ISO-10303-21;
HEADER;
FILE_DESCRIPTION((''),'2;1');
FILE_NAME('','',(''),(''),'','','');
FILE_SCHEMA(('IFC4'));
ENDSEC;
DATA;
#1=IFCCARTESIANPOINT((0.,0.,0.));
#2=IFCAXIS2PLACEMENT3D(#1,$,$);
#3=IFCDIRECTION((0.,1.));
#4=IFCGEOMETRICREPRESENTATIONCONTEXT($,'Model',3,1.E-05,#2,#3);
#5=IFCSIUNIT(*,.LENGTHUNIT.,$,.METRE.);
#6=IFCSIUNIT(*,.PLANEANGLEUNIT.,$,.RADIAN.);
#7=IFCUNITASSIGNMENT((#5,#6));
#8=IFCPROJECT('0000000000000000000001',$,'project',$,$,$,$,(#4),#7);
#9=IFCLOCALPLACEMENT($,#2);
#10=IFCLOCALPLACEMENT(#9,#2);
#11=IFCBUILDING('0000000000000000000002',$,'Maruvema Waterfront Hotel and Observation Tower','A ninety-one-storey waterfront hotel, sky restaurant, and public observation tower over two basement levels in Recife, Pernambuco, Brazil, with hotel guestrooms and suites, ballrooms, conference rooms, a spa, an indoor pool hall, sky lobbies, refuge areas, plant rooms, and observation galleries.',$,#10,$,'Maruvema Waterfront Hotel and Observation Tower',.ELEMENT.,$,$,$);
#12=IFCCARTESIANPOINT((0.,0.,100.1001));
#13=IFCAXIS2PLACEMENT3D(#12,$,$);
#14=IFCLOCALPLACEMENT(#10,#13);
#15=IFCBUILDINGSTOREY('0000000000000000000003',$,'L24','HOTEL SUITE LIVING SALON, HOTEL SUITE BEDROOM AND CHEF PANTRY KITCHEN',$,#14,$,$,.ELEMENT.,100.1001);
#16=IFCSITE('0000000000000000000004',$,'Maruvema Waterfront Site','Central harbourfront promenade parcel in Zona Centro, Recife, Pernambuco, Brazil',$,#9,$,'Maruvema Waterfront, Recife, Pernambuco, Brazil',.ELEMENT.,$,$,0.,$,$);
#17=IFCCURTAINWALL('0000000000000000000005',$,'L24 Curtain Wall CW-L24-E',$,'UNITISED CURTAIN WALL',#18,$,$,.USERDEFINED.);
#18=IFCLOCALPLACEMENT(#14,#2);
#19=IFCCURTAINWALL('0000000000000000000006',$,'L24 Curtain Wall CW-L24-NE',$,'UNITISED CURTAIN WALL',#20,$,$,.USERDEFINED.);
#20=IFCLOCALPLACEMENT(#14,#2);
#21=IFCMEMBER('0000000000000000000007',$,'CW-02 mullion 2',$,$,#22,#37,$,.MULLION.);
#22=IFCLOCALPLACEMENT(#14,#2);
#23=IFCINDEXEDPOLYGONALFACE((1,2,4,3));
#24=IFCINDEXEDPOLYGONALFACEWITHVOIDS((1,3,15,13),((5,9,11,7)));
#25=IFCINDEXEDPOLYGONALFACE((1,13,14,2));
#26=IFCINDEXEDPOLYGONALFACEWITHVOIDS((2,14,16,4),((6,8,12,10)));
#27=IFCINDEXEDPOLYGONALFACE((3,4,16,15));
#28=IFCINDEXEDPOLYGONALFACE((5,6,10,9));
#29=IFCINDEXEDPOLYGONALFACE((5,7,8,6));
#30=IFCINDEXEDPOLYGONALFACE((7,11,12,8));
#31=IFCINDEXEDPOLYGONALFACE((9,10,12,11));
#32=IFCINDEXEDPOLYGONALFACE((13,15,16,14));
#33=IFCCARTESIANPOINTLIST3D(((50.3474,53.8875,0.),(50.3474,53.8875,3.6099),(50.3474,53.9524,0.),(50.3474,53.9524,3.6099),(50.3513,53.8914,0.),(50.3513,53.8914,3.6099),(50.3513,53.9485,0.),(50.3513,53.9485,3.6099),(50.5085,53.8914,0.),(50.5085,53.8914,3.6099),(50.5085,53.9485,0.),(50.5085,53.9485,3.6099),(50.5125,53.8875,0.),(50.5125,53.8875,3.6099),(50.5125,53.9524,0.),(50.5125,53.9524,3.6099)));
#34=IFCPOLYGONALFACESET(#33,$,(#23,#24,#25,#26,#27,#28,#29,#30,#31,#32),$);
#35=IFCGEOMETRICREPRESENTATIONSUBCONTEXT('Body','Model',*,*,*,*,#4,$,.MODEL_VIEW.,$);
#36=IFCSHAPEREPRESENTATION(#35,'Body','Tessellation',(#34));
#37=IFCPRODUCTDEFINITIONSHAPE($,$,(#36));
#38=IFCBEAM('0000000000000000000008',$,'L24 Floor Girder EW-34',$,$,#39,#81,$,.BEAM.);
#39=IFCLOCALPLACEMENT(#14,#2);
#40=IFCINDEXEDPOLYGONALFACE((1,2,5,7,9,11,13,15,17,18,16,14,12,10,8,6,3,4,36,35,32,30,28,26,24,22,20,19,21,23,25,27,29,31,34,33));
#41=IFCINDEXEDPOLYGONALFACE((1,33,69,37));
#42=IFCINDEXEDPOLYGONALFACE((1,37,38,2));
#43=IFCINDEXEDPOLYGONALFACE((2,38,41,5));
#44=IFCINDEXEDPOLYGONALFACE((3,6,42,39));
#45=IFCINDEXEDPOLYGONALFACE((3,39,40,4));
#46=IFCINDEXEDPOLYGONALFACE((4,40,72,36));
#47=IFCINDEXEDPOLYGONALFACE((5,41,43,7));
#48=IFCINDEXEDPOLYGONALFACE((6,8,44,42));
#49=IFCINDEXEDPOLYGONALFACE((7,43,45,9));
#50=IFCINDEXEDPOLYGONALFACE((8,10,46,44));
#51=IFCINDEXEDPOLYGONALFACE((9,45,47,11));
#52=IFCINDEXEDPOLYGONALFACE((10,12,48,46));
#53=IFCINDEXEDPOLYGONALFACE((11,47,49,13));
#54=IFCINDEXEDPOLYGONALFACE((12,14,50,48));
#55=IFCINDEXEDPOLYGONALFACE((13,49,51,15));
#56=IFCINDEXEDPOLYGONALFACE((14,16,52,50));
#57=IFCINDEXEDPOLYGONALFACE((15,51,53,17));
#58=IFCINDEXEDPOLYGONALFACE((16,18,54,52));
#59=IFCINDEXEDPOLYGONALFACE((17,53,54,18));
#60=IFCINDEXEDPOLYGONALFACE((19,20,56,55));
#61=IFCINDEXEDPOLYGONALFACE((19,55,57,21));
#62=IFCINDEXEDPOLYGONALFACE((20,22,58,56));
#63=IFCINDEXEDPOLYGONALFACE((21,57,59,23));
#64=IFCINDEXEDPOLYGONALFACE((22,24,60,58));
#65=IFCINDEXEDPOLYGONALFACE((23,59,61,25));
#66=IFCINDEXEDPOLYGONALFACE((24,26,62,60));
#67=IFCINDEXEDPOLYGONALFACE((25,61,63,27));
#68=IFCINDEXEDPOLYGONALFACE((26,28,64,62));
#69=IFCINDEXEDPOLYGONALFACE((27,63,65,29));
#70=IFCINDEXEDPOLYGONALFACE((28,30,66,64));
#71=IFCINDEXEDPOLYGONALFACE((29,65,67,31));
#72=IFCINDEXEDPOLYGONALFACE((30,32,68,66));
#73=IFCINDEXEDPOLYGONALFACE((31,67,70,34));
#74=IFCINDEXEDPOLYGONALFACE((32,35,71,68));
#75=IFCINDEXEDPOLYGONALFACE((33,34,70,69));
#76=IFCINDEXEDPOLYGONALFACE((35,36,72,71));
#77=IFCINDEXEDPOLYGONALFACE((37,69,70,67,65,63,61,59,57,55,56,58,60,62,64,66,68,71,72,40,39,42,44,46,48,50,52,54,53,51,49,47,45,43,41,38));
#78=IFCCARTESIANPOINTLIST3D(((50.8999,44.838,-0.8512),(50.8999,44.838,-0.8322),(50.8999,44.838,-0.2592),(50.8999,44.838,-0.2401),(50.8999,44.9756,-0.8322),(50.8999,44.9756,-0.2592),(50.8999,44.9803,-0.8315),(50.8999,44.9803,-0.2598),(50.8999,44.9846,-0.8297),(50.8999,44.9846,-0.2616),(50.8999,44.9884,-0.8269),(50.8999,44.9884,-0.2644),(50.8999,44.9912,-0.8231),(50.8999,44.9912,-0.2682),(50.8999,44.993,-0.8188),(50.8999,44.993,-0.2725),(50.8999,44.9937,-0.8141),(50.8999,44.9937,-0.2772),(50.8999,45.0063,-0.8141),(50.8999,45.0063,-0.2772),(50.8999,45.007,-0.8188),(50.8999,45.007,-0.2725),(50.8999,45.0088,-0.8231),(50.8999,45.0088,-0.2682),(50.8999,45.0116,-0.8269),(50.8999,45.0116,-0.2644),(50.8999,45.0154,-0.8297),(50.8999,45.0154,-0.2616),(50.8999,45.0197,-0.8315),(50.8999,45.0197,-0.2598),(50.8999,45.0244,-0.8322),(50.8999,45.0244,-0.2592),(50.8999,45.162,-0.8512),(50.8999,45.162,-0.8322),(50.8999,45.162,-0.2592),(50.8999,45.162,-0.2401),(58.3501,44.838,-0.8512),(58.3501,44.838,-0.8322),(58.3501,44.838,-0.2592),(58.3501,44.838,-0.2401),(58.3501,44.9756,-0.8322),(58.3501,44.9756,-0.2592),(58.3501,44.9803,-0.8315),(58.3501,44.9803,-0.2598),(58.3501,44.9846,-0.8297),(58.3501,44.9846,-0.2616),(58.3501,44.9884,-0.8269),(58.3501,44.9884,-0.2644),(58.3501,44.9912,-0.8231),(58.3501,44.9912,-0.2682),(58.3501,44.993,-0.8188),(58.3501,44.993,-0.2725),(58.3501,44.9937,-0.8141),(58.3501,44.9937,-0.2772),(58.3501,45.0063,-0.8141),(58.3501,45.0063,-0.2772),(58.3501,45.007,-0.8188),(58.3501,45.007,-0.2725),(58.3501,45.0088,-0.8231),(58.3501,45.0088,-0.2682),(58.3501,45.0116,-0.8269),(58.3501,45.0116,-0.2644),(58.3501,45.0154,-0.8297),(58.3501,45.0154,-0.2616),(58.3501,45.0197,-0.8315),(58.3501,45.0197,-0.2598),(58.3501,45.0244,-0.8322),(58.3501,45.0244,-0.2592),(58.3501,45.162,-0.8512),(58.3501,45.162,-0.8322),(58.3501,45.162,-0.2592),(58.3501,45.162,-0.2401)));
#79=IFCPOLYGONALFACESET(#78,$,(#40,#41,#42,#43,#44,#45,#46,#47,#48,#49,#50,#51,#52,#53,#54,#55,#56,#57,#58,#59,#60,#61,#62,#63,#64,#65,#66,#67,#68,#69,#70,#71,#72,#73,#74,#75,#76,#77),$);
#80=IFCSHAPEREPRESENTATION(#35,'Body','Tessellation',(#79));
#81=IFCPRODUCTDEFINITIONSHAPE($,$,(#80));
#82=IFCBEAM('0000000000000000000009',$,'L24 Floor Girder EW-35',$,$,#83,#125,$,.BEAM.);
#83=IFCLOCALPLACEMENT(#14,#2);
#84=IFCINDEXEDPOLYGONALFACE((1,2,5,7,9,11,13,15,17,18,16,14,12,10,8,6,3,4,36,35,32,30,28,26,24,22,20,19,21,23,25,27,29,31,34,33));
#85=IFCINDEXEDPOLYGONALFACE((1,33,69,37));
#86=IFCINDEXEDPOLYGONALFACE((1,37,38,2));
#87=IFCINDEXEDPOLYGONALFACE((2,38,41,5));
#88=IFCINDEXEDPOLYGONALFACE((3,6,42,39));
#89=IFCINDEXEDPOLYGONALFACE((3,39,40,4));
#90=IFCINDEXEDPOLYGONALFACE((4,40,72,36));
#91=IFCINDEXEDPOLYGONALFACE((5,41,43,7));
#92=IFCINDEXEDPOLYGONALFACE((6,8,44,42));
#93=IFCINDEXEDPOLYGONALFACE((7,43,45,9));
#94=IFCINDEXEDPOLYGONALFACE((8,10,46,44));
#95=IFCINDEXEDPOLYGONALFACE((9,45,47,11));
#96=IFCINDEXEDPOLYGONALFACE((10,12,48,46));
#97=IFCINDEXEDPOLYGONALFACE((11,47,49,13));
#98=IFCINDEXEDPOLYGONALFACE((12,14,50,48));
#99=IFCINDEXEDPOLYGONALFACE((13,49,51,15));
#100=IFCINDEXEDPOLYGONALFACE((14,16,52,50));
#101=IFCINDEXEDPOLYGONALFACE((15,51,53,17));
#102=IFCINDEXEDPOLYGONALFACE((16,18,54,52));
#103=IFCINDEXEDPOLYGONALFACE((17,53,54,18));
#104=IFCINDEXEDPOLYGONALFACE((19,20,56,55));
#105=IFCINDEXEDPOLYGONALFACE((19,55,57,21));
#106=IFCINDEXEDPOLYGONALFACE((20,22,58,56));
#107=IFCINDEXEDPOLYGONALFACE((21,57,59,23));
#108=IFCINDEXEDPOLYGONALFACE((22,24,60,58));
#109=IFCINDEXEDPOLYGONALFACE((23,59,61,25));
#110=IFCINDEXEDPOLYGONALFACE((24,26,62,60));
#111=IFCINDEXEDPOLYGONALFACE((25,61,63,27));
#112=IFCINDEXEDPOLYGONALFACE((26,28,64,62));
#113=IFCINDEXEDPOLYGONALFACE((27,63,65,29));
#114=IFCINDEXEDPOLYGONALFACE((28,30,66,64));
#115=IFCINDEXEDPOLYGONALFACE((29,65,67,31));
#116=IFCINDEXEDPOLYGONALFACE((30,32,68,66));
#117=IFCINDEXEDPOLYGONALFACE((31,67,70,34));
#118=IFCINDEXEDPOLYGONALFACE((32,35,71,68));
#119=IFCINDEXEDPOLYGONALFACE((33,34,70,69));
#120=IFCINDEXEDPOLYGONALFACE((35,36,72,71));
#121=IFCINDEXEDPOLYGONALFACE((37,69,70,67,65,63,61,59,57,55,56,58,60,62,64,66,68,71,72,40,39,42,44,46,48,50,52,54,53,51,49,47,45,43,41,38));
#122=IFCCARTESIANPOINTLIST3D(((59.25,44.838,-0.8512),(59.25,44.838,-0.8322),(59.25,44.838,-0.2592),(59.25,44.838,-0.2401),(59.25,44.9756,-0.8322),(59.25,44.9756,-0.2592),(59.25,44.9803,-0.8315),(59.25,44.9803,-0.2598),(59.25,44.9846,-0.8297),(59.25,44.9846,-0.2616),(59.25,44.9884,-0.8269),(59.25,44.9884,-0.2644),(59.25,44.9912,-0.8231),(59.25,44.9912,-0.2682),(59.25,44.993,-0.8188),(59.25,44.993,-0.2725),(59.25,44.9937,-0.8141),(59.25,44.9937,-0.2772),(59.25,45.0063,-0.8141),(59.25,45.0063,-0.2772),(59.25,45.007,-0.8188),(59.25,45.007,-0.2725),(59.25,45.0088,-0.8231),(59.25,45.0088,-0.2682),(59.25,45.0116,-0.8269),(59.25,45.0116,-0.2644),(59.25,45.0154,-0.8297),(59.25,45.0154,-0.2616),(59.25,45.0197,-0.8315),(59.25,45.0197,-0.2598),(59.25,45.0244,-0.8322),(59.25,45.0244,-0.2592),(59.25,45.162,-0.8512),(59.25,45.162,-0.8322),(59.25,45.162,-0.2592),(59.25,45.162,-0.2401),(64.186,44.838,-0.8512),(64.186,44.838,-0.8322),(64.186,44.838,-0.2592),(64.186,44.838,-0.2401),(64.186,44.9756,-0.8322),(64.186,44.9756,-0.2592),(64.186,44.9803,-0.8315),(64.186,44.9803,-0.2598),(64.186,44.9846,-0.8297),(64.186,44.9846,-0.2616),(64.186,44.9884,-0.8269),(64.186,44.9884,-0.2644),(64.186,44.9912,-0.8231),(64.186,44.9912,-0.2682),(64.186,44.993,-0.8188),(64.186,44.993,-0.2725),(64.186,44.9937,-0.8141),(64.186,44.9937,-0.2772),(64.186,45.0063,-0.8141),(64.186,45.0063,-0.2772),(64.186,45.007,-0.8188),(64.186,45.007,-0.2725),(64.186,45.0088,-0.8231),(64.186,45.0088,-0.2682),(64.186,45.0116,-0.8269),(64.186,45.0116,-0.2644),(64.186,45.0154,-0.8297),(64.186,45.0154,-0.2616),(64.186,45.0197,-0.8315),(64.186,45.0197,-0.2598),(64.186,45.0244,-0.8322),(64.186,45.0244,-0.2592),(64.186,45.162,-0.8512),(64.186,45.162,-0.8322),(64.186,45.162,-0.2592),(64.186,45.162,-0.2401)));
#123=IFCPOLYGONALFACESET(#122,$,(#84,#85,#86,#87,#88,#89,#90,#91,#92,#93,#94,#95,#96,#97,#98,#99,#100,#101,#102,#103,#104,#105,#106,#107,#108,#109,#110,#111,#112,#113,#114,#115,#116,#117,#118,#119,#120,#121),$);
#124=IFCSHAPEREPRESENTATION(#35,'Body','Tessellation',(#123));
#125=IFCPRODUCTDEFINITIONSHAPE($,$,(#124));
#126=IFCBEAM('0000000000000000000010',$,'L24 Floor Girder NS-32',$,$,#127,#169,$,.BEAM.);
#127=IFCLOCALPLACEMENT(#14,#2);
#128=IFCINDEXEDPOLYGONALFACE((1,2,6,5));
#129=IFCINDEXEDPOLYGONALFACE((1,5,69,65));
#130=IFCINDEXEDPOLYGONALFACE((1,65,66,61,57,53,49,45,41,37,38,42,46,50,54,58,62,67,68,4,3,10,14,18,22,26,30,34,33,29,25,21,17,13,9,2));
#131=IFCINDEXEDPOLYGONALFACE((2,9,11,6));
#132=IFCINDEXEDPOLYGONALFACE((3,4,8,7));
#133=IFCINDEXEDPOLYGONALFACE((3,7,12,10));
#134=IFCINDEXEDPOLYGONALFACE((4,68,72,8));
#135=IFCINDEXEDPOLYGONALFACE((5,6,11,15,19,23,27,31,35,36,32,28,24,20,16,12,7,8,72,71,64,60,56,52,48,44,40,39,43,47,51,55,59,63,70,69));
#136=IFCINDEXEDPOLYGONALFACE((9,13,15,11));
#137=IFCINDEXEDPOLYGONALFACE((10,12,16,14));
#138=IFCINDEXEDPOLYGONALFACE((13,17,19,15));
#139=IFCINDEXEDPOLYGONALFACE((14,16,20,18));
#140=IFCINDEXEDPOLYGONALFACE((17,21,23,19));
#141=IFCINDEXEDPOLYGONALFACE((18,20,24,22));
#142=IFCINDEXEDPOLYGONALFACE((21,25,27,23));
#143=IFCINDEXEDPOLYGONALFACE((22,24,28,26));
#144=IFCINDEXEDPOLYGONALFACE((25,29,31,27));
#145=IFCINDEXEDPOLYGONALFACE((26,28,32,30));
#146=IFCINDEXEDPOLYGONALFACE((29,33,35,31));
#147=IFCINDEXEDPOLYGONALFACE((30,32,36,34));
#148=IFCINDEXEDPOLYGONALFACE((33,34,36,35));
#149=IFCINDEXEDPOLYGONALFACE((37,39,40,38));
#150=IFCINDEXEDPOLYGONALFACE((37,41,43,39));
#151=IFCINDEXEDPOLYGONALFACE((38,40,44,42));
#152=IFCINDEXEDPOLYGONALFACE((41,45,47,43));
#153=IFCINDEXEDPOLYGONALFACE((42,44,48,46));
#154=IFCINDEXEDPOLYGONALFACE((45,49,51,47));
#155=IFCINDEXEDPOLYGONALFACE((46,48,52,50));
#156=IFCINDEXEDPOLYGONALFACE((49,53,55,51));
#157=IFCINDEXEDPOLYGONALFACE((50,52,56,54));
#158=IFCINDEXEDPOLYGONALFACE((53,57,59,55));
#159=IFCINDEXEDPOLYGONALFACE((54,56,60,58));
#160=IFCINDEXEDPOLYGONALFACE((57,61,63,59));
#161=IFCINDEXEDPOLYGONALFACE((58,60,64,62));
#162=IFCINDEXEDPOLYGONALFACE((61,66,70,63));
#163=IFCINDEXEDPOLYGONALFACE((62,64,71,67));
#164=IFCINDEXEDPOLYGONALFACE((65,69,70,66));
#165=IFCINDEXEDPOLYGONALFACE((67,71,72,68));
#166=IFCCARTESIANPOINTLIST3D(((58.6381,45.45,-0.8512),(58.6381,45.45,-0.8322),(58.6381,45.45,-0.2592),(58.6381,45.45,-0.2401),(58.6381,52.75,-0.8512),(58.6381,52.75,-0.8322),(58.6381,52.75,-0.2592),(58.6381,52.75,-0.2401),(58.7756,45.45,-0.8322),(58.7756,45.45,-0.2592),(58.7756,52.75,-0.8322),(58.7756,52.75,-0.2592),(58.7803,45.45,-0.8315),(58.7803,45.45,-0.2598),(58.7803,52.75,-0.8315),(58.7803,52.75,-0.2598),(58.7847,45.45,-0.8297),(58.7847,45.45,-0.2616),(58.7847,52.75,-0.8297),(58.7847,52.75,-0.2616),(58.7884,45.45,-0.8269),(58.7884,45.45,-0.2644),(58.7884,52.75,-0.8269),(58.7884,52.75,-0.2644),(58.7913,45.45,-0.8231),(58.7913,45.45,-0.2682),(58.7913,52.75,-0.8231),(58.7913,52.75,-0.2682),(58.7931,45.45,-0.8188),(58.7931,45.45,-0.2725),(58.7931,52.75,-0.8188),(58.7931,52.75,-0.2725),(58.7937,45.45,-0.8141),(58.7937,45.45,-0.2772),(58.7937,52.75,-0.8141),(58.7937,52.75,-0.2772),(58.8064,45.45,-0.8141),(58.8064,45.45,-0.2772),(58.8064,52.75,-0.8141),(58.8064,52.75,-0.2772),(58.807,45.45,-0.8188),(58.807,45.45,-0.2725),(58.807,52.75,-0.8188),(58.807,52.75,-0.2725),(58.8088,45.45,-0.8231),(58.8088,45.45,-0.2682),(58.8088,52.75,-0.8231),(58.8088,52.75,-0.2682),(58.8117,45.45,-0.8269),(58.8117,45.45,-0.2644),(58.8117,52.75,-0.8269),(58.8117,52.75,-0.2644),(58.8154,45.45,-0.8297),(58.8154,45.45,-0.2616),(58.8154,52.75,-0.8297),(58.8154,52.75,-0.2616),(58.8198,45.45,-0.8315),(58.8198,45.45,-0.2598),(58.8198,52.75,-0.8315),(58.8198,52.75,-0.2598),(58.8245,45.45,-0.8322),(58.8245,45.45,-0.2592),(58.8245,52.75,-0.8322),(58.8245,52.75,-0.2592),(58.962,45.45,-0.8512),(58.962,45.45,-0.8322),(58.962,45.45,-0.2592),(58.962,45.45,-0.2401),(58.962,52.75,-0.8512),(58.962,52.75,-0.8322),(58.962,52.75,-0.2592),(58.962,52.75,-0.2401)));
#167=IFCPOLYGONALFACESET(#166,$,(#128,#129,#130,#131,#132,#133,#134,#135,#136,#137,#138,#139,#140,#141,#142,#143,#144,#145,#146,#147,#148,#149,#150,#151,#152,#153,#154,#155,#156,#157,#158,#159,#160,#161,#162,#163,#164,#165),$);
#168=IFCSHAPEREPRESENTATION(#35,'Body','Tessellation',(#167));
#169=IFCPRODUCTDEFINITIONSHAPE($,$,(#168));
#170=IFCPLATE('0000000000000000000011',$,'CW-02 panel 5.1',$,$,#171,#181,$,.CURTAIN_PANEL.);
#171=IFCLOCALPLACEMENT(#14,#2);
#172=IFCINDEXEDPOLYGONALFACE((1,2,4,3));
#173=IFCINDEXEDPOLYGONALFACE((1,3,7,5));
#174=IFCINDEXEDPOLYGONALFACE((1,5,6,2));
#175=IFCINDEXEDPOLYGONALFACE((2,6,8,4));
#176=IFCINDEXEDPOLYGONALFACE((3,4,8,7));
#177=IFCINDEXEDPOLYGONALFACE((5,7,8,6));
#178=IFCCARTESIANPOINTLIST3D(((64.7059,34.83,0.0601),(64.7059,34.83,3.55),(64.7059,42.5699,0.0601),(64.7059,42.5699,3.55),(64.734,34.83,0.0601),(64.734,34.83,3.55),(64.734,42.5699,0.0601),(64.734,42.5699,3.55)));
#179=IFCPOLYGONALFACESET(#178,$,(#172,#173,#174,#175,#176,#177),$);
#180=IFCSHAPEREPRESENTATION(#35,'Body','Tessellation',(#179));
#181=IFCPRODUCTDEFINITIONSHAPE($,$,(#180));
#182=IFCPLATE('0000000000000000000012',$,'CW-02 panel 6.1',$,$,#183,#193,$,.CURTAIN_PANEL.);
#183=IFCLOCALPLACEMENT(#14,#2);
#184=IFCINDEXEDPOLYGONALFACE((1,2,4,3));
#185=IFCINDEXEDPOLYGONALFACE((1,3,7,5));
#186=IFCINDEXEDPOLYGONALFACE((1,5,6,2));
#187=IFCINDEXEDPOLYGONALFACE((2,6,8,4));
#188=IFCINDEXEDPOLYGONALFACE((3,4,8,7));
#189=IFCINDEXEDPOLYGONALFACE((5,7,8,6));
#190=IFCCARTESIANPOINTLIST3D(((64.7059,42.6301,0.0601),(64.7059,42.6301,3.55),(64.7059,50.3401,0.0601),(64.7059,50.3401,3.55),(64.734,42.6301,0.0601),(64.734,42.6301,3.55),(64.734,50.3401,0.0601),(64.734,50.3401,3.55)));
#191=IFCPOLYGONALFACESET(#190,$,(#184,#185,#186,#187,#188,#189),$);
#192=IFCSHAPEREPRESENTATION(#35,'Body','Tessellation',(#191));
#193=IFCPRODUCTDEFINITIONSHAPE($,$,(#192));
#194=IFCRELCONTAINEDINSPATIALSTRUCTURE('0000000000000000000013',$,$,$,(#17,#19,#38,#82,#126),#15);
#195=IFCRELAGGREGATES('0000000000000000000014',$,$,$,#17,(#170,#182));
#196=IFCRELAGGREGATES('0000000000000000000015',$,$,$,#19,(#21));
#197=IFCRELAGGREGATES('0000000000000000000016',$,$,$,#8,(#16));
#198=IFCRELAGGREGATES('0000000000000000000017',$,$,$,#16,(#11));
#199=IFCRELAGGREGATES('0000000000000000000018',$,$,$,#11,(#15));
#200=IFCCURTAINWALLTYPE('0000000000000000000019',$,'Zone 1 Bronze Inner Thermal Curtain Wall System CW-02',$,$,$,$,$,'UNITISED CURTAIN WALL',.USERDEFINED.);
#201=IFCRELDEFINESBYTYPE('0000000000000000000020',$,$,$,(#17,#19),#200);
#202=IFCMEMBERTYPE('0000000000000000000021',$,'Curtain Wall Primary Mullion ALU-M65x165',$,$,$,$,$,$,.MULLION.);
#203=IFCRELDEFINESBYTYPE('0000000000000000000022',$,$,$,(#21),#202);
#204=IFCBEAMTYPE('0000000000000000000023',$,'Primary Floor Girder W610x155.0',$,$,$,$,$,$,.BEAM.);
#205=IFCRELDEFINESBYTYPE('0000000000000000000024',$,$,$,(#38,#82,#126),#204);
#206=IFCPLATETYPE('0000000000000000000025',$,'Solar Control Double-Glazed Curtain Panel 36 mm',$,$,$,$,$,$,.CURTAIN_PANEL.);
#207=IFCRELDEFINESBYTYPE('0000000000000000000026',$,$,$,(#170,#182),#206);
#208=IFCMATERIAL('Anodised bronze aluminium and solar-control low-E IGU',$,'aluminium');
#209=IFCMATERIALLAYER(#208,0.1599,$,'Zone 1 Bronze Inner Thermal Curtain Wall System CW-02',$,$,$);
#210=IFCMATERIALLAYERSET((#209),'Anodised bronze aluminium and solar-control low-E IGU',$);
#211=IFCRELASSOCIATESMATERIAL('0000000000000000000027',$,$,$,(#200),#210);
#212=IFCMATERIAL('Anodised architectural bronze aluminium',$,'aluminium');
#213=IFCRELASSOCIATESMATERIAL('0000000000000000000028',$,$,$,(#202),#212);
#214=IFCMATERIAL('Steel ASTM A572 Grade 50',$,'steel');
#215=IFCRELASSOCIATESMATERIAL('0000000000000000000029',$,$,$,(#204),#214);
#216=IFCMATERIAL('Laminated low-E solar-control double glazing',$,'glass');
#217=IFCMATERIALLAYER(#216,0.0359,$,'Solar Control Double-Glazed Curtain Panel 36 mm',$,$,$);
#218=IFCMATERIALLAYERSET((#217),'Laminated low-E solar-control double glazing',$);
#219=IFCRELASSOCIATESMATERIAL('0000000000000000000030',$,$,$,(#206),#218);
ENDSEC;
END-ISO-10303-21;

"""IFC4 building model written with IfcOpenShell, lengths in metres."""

from ifc_helpers import new_model, si_unit, direction, frame, origin, origin_2d, place, context, subcontext, project, spatial, rectangle, hollow_rectangle, i_section, extrude, material, layer, layer_set, material_profile, profile_set, type_object, element, aggregate, save


model = new_model("IFC4")

# Units and contexts
model_context = context("Model", 3, precision=1e-05, world=origin(), true_north=direction((0.0, 1.0)))
body_context = subcontext(model_context, "Body", "Model", "MODEL_VIEW")
ifc_project = project(units=[si_unit("LENGTHUNIT", "METRE"), si_unit("PLANEANGLEUNIT", "RADIAN")], contexts=[model_context])

# Site, building, storey
site_placement = place(None, origin())
site = spatial("IfcSite", under=ifc_project, at=site_placement, Name="Maruvema Waterfront Site", Description="Central harbourfront promenade parcel in Zona Centro, Recife, Pernambuco, Brazil", LongName="Maruvema Waterfront, Recife, Pernambuco, Brazil", CompositionType="ELEMENT", RefElevation=0.0)
building_placement = place(site_placement, origin())
building = spatial("IfcBuilding", under=site, at=building_placement, Name="Maruvema Waterfront Hotel and Observation Tower", Description="A ninety-one-storey waterfront hotel, sky restaurant, and public observation tower over two basement levels in Recife, Pernambuco, Brazil, with hotel guestrooms and suites, ballrooms, conference rooms, a spa, an indoor pool hall, sky lobbies, refuge areas, plant rooms, and observation galleries.", LongName="Maruvema Waterfront Hotel and Observation Tower", CompositionType="ELEMENT")
storey_placement = place(building_placement, frame((0.0, 0.0, 100.1001)))
storey = spatial("IfcBuildingStorey", under=building, at=storey_placement, Name="L24", Description="HOTEL SUITE LIVING SALON, HOTEL SUITE BEDROOM AND CHEF PANTRY KITCHEN", CompositionType="ELEMENT", Elevation=100.1001)

# Curtain walls
ifc_material_1 = material(Name="Anodised bronze aluminium and solar-control low-E IGU", Category="aluminium")
ifc_layer_1 = layer(ifc_material_1, 0.1599, Name="Zone 1 Bronze Inner Thermal Curtain Wall System CW-02")
ifc_layer_set_1 = layer_set([ifc_layer_1], Name="Anodised bronze aluminium and solar-control low-E IGU")
curtain_wall_type = type_object("IfcCurtainWallType", Name="Zone 1 Bronze Inner Thermal Curtain Wall System CW-02", ElementType="UNITISED CURTAIN WALL", PredefinedType="USERDEFINED", material=ifc_layer_set_1)
curtain_wall_1_placement = place(storey_placement, origin())
curtain_wall_1 = element("IfcCurtainWall", 1, at=curtain_wall_1_placement, inside=storey, type_object=curtain_wall_type, Name="L24 Curtain Wall CW-L24-E", ObjectType="UNITISED CURTAIN WALL", PredefinedType="USERDEFINED")
curtain_wall_2_placement = place(storey_placement, origin())
curtain_wall_2 = element("IfcCurtainWall", 2, at=curtain_wall_2_placement, inside=storey, type_object=curtain_wall_type, Name="L24 Curtain Wall CW-L24-NE", ObjectType="UNITISED CURTAIN WALL", PredefinedType="USERDEFINED")

# Member
ifc_material_2 = material(Name="Anodised architectural bronze aluminium", Category="aluminium")
ifc_material_profile_1 = material_profile(ifc_material_2, hollow_rectangle(XDim=0.0649, YDim=0.165, WallThickness=0.0039, at=origin_2d()), Name="ALU-M65x165")
ifc_profile_set_1 = profile_set([ifc_material_profile_1], Name="Anodised architectural bronze aluminium")
member_type_1 = type_object("IfcMemberType", Name="Curtain Wall Primary Mullion ALU-M65x165", PredefinedType="MULLION", material=ifc_profile_set_1)
member_1_placement = place(storey_placement, frame((50.4299, 53.9199, 0.0), z_axis=(0.0, 0.0, 1.0), x_axis=(0.0, -1.0, 0.0)))
member_1 = element("IfcMember", 3, at=member_1_placement, type_object=member_type_1, Name="CW-02 mullion 2", PredefinedType="MULLION", context=body_context, shape_type="SweptSolid", body=[
    extrude(hollow_rectangle(XDim=0.0649, YDim=0.165, WallThickness=0.0039, at=origin_2d()), origin(), (0.0, 0.0, 1.0), 3.6099),
])

# Beams
ifc_material_3 = material(Name="Steel ASTM A572 Grade 50", Category="steel")
ifc_material_profile_2 = material_profile(ifc_material_3, i_section(OverallWidth=0.324, OverallDepth=0.6111, WebThickness=0.0127, FlangeThickness=0.019, FilletRadius=0.0181, at=origin_2d()), Name="W610x155.0")
ifc_profile_set_2 = profile_set([ifc_material_profile_2], Name="Steel ASTM A572 Grade 50")
beam_type = type_object("IfcBeamType", Name="Primary Floor Girder W610x155.0", PredefinedType="BEAM", material=ifc_profile_set_2)
beam_1_placement = place(storey_placement, frame((50.8999, 45.0, -0.5457), z_axis=(1.0, 0.0, 0.0), x_axis=(0.0, 1.0, 0.0)))
element("IfcBeam", 4, at=beam_1_placement, inside=storey, type_object=beam_type, Name="L24 Floor Girder EW-34", PredefinedType="BEAM", context=body_context, shape_type="SweptSolid", body=[
    extrude(i_section(OverallWidth=0.324, OverallDepth=0.6111, WebThickness=0.0127, FlangeThickness=0.019, FilletRadius=0.0181, at=origin_2d()), origin(), (0.0, 0.0, 1.0), 7.4502),
])
beam_2_placement = place(storey_placement, frame((59.25, 45.0, -0.5457), z_axis=(1.0, 0.0, 0.0), x_axis=(0.0, 1.0, 0.0)))
element("IfcBeam", 5, at=beam_2_placement, inside=storey, type_object=beam_type, Name="L24 Floor Girder EW-35", PredefinedType="BEAM", context=body_context, shape_type="SweptSolid", body=[
    extrude(i_section(OverallWidth=0.324, OverallDepth=0.6111, WebThickness=0.0127, FlangeThickness=0.019, FilletRadius=0.0181, at=origin_2d()), origin(), (0.0, 0.0, 1.0), 4.936),
])
beam_3_placement = place(storey_placement, frame((58.8, 45.45, -0.5457), z_axis=(0.0, 1.0, 0.0), x_axis=(-1.0, 0.0, 0.0)))
element("IfcBeam", 6, at=beam_3_placement, inside=storey, type_object=beam_type, Name="L24 Floor Girder NS-32", PredefinedType="BEAM", context=body_context, shape_type="SweptSolid", body=[
    extrude(i_section(OverallWidth=0.324, OverallDepth=0.6111, WebThickness=0.0127, FlangeThickness=0.019, FilletRadius=0.0181, at=origin_2d()), origin(), (0.0, 0.0, 1.0), 7.3),
])

# Plates
ifc_material_4 = material(Name="Laminated low-E solar-control double glazing", Category="glass")
ifc_layer_2 = layer(ifc_material_4, 0.0359, Name="Solar Control Double-Glazed Curtain Panel 36 mm")
ifc_layer_set_2 = layer_set([ifc_layer_2], Name="Laminated low-E solar-control double glazing")
plate_type_1 = type_object("IfcPlateType", Name="Solar Control Double-Glazed Curtain Panel 36 mm", PredefinedType="CURTAIN_PANEL", material=ifc_layer_set_2)
plate_1_placement = place(storey_placement, frame((64.72, 38.7, 0.0601), z_axis=(0.0, 0.0, 1.0), x_axis=(0.0, 1.0, 0.0)))
plate_1 = element("IfcPlate", 7, at=plate_1_placement, type_object=plate_type_1, Name="CW-02 panel 5.1", PredefinedType="CURTAIN_PANEL", context=body_context, shape_type="SweptSolid", body=[
    extrude(rectangle(XDim=7.74, YDim=0.0281, at=origin_2d()), origin(), (0.0, 0.0, 1.0), 3.49),
])
plate_2_placement = place(storey_placement, frame((64.72, 46.4851, 0.0601), z_axis=(0.0, 0.0, 1.0), x_axis=(0.0, 1.0, 0.0)))
plate_2 = element("IfcPlate", 8, at=plate_2_placement, type_object=plate_type_1, Name="CW-02 panel 6.1", PredefinedType="CURTAIN_PANEL", context=body_context, shape_type="SweptSolid", body=[
    extrude(rectangle(XDim=7.71, YDim=0.0281, at=origin_2d()), origin(), (0.0, 0.0, 1.0), 3.49),
])
aggregate(curtain_wall_1, [plate_1, plate_2])
aggregate(curtain_wall_2, [member_1])

save(model, "model.ifc")
